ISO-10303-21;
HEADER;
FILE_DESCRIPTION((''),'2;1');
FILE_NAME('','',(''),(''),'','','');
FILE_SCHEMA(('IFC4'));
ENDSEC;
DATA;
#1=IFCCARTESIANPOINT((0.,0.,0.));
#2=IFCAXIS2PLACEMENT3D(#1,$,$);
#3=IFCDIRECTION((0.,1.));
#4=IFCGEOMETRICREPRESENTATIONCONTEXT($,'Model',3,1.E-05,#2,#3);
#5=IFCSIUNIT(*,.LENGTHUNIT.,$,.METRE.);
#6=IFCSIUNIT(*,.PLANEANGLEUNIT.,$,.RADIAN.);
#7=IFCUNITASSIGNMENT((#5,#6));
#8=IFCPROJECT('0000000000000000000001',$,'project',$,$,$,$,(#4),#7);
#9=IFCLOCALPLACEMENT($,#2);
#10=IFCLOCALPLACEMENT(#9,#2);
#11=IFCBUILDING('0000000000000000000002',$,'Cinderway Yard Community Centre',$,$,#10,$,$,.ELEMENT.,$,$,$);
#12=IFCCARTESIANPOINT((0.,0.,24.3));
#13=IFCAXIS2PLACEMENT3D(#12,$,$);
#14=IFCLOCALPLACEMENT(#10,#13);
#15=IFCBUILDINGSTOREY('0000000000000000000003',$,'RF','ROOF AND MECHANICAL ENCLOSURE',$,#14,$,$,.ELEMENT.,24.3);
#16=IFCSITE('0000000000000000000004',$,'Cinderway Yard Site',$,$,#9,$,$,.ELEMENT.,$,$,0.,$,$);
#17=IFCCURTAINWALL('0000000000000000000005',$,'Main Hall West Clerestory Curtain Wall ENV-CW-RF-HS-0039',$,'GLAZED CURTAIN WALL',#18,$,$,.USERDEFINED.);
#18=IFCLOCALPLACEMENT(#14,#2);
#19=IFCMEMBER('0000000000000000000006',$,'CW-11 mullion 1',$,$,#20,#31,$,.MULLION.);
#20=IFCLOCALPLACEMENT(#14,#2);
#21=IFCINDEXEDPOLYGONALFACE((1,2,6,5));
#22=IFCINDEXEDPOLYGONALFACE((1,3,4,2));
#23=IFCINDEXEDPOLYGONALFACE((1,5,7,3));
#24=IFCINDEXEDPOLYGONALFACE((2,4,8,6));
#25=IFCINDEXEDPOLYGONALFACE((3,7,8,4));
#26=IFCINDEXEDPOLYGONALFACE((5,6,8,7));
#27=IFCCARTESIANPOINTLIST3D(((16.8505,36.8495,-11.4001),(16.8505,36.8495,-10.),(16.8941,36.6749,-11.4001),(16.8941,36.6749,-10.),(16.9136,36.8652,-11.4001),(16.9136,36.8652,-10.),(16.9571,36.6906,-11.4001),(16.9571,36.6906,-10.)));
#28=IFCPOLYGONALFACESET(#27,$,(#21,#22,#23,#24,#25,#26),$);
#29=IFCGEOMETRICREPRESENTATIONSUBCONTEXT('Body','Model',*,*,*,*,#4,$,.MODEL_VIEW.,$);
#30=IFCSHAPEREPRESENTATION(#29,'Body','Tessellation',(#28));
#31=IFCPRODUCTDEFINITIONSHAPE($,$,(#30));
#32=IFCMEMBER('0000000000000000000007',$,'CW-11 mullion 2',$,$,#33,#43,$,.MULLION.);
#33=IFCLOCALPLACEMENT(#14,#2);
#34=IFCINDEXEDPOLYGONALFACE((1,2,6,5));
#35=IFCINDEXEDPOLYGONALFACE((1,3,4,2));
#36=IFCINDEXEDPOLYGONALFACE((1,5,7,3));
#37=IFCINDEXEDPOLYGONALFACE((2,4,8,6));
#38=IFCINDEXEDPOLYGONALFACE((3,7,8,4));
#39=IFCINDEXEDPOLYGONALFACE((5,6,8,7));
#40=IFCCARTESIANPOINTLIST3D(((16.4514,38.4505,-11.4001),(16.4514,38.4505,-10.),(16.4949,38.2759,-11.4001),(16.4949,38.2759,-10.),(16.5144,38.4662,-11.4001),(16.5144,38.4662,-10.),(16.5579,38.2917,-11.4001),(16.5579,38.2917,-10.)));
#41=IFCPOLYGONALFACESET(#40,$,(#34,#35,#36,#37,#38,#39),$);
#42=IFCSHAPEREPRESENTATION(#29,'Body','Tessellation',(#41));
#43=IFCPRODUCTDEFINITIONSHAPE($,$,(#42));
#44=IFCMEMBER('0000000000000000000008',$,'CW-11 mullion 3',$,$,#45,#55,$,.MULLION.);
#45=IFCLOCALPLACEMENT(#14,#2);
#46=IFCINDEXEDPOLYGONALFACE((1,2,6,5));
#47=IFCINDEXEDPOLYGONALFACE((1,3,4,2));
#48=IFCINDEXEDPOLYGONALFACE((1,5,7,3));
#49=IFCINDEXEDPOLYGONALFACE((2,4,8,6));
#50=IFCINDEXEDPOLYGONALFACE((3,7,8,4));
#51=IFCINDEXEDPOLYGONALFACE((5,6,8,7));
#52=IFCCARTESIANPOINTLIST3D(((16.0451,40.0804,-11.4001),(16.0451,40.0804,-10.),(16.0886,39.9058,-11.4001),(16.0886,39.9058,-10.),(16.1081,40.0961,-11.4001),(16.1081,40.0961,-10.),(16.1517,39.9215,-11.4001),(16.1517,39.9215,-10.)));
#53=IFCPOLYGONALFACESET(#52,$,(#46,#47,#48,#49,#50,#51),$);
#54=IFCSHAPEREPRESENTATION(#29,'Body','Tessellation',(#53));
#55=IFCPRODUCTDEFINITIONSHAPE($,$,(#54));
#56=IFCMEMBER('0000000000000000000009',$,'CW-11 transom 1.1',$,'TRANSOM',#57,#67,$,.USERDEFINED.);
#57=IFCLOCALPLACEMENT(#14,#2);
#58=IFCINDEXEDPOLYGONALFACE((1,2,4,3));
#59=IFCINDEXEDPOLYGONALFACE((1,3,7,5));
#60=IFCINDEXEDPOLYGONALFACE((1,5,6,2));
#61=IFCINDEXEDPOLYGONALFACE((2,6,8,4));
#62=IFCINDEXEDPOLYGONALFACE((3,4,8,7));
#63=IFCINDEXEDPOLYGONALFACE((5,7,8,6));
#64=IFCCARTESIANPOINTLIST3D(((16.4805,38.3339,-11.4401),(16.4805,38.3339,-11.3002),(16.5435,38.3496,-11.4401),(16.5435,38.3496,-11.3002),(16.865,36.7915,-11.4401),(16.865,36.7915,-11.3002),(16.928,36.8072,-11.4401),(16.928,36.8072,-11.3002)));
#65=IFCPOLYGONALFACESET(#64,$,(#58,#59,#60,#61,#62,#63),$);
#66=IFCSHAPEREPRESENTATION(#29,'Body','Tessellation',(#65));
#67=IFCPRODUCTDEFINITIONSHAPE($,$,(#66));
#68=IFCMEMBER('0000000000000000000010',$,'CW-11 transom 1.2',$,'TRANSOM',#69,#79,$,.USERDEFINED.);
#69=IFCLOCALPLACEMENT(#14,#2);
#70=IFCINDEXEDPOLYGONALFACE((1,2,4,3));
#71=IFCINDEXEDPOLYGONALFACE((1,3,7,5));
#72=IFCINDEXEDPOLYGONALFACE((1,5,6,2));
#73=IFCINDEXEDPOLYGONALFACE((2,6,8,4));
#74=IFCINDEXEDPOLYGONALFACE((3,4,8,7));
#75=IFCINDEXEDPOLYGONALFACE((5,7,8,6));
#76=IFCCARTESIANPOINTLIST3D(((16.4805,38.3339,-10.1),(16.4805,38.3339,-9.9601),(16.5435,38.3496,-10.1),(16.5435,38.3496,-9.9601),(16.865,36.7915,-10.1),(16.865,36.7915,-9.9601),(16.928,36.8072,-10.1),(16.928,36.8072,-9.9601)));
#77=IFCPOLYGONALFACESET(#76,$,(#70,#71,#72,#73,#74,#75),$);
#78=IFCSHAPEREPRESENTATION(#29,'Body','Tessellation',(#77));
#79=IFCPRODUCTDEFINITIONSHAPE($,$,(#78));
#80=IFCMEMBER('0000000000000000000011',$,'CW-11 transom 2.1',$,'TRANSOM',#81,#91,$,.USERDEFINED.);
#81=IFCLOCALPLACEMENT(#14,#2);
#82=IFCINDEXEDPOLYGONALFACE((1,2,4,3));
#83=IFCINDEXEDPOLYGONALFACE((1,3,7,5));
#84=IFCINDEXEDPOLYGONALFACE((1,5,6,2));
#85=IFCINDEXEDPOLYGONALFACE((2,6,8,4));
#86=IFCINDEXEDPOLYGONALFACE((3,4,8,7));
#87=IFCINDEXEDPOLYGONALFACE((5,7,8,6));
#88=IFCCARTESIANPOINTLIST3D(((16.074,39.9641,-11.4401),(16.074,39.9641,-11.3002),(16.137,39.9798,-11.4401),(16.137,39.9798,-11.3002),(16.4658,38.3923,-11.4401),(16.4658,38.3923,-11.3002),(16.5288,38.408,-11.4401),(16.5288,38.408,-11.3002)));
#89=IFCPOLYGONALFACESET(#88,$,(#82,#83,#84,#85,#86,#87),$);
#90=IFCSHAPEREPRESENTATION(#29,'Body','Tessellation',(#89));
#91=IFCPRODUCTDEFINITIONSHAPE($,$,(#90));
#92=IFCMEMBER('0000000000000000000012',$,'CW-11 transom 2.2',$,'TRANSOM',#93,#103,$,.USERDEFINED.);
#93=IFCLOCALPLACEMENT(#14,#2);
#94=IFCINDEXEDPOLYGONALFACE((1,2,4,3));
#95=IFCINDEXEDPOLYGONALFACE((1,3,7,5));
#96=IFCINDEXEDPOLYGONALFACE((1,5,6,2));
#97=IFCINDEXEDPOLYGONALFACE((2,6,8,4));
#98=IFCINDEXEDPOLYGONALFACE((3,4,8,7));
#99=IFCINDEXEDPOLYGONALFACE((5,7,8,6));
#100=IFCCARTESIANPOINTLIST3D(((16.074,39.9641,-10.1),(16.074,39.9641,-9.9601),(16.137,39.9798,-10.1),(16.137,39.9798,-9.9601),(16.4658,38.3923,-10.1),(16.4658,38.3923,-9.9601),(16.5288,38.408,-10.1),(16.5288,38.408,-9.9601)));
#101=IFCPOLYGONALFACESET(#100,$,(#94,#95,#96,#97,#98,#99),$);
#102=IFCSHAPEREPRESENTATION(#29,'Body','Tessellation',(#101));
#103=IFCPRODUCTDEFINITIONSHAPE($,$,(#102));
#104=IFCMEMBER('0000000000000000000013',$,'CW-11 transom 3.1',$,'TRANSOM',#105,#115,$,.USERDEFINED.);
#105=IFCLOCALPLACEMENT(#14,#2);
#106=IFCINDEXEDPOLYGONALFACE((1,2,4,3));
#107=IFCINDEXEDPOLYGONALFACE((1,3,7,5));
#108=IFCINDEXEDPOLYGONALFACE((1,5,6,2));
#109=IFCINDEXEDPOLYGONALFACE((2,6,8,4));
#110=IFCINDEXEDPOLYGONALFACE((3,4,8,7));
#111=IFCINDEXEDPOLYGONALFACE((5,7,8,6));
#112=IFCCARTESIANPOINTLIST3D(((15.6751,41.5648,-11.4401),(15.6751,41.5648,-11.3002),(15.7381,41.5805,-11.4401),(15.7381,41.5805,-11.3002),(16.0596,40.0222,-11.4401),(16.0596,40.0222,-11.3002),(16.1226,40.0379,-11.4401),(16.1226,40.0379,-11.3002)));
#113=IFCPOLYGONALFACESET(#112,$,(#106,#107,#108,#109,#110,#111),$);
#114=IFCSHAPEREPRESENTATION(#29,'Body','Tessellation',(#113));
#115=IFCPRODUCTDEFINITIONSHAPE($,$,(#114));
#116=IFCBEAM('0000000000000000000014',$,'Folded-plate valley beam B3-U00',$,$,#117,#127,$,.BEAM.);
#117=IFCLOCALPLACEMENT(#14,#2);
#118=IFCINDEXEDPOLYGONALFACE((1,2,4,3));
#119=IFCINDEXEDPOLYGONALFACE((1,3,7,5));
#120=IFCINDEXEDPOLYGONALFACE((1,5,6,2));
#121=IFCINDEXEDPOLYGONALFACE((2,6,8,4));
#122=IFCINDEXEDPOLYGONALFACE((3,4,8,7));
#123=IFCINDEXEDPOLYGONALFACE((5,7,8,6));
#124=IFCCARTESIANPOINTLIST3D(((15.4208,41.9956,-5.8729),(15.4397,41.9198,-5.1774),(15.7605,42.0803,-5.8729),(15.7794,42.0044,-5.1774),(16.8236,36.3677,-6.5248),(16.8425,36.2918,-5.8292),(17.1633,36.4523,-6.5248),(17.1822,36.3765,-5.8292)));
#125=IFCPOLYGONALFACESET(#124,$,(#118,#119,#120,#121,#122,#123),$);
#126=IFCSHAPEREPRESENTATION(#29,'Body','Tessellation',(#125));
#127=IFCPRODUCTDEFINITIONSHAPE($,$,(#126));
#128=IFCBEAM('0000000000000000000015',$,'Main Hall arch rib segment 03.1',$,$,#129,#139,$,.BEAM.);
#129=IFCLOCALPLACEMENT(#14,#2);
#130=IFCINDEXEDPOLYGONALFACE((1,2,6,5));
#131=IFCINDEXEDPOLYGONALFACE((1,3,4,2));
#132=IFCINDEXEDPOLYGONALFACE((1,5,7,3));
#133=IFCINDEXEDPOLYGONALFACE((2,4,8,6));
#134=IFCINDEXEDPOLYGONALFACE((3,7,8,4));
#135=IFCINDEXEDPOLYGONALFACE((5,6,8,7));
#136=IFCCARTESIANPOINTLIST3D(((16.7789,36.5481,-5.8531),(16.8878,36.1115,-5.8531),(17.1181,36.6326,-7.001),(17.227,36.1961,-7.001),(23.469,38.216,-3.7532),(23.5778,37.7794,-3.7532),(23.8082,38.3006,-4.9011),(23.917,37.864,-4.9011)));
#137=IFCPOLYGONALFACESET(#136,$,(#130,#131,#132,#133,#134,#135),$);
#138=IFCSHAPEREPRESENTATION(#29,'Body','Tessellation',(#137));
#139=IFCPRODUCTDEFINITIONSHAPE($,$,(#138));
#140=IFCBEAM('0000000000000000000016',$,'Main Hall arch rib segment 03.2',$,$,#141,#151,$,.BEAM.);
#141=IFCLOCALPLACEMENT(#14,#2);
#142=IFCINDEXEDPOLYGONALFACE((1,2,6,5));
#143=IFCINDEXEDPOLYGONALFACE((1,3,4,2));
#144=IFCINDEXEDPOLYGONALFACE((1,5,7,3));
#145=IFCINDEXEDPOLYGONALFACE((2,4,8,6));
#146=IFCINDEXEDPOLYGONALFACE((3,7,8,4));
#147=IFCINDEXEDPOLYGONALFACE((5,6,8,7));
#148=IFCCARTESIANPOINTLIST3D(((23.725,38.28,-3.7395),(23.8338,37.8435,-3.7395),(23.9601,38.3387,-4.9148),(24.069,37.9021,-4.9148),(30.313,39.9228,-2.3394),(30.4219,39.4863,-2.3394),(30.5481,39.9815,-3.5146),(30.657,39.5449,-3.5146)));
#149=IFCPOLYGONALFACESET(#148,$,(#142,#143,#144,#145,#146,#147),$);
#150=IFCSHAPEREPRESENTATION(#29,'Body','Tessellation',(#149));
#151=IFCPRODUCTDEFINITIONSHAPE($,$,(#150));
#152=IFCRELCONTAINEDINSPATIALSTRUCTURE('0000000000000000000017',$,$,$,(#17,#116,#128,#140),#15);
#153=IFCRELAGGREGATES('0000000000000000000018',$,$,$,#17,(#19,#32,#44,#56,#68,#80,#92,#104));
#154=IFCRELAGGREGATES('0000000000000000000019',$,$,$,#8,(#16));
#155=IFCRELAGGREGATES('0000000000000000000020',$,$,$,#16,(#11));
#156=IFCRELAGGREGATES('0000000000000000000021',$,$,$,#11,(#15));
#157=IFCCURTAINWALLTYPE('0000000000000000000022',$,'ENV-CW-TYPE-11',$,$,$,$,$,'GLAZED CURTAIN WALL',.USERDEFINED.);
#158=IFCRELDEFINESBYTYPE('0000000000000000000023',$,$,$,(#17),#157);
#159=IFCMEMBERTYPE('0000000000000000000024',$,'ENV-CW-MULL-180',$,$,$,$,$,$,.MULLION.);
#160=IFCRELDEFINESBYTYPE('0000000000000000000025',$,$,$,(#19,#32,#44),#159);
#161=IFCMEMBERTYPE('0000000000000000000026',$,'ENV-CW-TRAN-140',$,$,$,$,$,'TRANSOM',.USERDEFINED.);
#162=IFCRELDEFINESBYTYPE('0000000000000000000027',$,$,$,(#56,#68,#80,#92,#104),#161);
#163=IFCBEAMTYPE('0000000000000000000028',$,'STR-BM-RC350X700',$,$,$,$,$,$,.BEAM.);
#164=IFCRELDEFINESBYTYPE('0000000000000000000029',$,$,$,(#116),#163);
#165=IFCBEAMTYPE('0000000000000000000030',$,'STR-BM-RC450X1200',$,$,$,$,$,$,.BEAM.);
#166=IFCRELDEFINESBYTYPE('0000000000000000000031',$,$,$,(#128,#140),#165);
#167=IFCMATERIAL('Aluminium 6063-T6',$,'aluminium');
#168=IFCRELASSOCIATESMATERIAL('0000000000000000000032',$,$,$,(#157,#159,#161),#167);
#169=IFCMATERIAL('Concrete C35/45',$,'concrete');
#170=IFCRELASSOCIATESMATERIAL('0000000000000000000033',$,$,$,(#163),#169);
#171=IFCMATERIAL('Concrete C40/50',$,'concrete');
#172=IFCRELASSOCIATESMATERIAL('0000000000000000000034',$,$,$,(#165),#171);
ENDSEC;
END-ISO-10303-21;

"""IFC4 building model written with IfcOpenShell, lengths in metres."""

from ifc_helpers import new_model, si_unit, direction, frame, origin, origin_2d, place, context, subcontext, project, spatial, rectangle, extrude, material, material_profile, profile_set, type_object, element, aggregate, save


model = new_model("IFC4")

# Units and contexts
model_context = context("Model", 3, precision=1e-05, world=origin(), true_north=direction((0.0, 1.0)))
body_context = subcontext(model_context, "Body", "Model", "MODEL_VIEW")
ifc_project = project(units=[si_unit("LENGTHUNIT", "METRE"), si_unit("PLANEANGLEUNIT", "RADIAN")], contexts=[model_context])

# Site, building, storey
site_placement = place(None, origin())
site = spatial("IfcSite", under=ifc_project, at=site_placement, Name="Cinderway Yard Site", CompositionType="ELEMENT", RefElevation=0.0)
building_placement = place(site_placement, origin())
building = spatial("IfcBuilding", under=site, at=building_placement, Name="Cinderway Yard Community Centre", CompositionType="ELEMENT")
storey_placement = place(building_placement, frame((0.0, 0.0, 24.3)))
storey = spatial("IfcBuildingStorey", under=building, at=storey_placement, Name="RF", Description="ROOF AND MECHANICAL ENCLOSURE", CompositionType="ELEMENT", Elevation=24.3)

# Curtain wall, members
ifc_material_1 = material(Name="Aluminium 6063-T6", Category="aluminium")
curtain_wall_type = type_object("IfcCurtainWallType", Name="ENV-CW-TYPE-11", ElementType="GLAZED CURTAIN WALL", PredefinedType="USERDEFINED", material=ifc_material_1)
curtain_wall_placement = place(storey_placement, origin())
curtain_wall = element("IfcCurtainWall", 1, at=curtain_wall_placement, inside=storey, type_object=curtain_wall_type, Name="Main Hall West Clerestory Curtain Wall ENV-CW-RF-HS-0039", ObjectType="GLAZED CURTAIN WALL", PredefinedType="USERDEFINED")
ifc_material_profile_1 = material_profile(ifc_material_1, rectangle(XDim=0.0649, YDim=0.1799, at=origin_2d()), Name="Aluminium 6063-T6")
ifc_profile_set_1 = profile_set([ifc_material_profile_1], Name="Aluminium 6063-T6")
member_type_1 = type_object("IfcMemberType", Name="ENV-CW-MULL-180", PredefinedType="MULLION", material=ifc_profile_set_1)
member_1_placement = place(storey_placement, frame((16.9038, 36.77, -11.4001), z_axis=(0.0, 0.0, 1.0), x_axis=(-0.970306, -0.241882, 0.0)))
member_1 = element("IfcMember", 2, at=member_1_placement, type_object=member_type_1, Name="CW-11 mullion 1", PredefinedType="MULLION", context=body_context, shape_type="SweptSolid", body=[
    extrude(rectangle(XDim=0.0649, YDim=0.1799, at=origin_2d()), origin(), (0.0, 0.0, 1.0), 1.4001),
])
member_2_placement = place(storey_placement, frame((16.5046, 38.3711, -11.4001), z_axis=(0.0, 0.0, 1.0), x_axis=(-0.970306, -0.241882, 0.0)))
member_2 = element("IfcMember", 3, at=member_2_placement, type_object=member_type_1, Name="CW-11 mullion 2", PredefinedType="MULLION", context=body_context, shape_type="SweptSolid", body=[
    extrude(rectangle(XDim=0.0649, YDim=0.1799, at=origin_2d()), origin(), (0.0, 0.0, 1.0), 1.4001),
])
member_3_placement = place(storey_placement, frame((16.0984, 40.001, -11.4001), z_axis=(0.0, 0.0, 1.0), x_axis=(-0.970306, -0.241882, 0.0)))
member_3 = element("IfcMember", 4, at=member_3_placement, type_object=member_type_1, Name="CW-11 mullion 3", PredefinedType="MULLION", context=body_context, shape_type="SweptSolid", body=[
    extrude(rectangle(XDim=0.0649, YDim=0.1799, at=origin_2d()), origin(), (0.0, 0.0, 1.0), 1.4001),
])
ifc_material_profile_2 = material_profile(ifc_material_1, rectangle(XDim=0.0649, YDim=0.1399, at=origin_2d()), Name="Aluminium 6063-T6")
ifc_profile_set_2 = profile_set([ifc_material_profile_2], Name="Aluminium 6063-T6")
member_type_2 = type_object("IfcMemberType", Name="ENV-CW-TRAN-140", ElementType="TRANSOM", PredefinedType="USERDEFINED", material=ifc_profile_set_2)
member_4_placement = place(storey_placement, frame((16.8965, 36.7993, -11.3701), z_axis=(-0.241885, 0.970305, 0.0), x_axis=(-0.970305, -0.241885, 0.0)))
member_4 = element("IfcMember", 5, at=member_4_placement, type_object=member_type_2, Name="CW-11 transom 1.1", ObjectType="TRANSOM", PredefinedType="USERDEFINED", context=body_context, shape_type="SweptSolid", body=[
    extrude(rectangle(XDim=0.0649, YDim=0.1399, at=origin_2d()), origin(), (0.0, 0.0, 1.0), 1.5896),
])
member_5_placement = place(storey_placement, frame((16.8965, 36.7993, -10.03), z_axis=(-0.241885, 0.970305, 0.0), x_axis=(-0.970305, -0.241885, 0.0)))
member_5 = element("IfcMember", 6, at=member_5_placement, type_object=member_type_2, Name="CW-11 transom 1.2", ObjectType="TRANSOM", PredefinedType="USERDEFINED", context=body_context, shape_type="SweptSolid", body=[
    extrude(rectangle(XDim=0.0649, YDim=0.1399, at=origin_2d()), origin(), (0.0, 0.0, 1.0), 1.5896),
])
member_6_placement = place(storey_placement, frame((16.4973, 38.4001, -11.3701), z_axis=(-0.241897, 0.970302, 0.0), x_axis=(-0.970302, -0.241897, 0.0)))
member_6 = element("IfcMember", 7, at=member_6_placement, type_object=member_type_2, Name="CW-11 transom 2.1", ObjectType="TRANSOM", PredefinedType="USERDEFINED", context=body_context, shape_type="SweptSolid", body=[
    extrude(rectangle(XDim=0.0649, YDim=0.1399, at=origin_2d()), origin(), (0.0, 0.0, 1.0), 1.6199),
])
member_7_placement = place(storey_placement, frame((16.4973, 38.4001, -10.03), z_axis=(-0.241897, 0.970302, 0.0), x_axis=(-0.970302, -0.241897, 0.0)))
member_7 = element("IfcMember", 8, at=member_7_placement, type_object=member_type_2, Name="CW-11 transom 2.2", ObjectType="TRANSOM", PredefinedType="USERDEFINED", context=body_context, shape_type="SweptSolid", body=[
    extrude(rectangle(XDim=0.0649, YDim=0.1399, at=origin_2d()), origin(), (0.0, 0.0, 1.0), 1.6199),
])
member_8_placement = place(storey_placement, frame((16.0911, 40.03, -11.3701), z_axis=(-0.241849, 0.970314, 0.0), x_axis=(-0.970314, -0.241849, 0.0)))
member_8 = element("IfcMember", 9, at=member_8_placement, type_object=member_type_2, Name="CW-11 transom 3.1", ObjectType="TRANSOM", PredefinedType="USERDEFINED", context=body_context, shape_type="SweptSolid", body=[
    extrude(rectangle(XDim=0.0649, YDim=0.1399, at=origin_2d()), origin(), (0.0, 0.0, 1.0), 1.5898),
])

# Beams
ifc_material_2 = material(Name="Concrete C35/45", Category="concrete")
ifc_material_profile_3 = material_profile(ifc_material_2, rectangle(XDim=0.3501, YDim=0.7, at=origin_2d()), Name="Concrete C35/45")
ifc_profile_set_3 = profile_set([ifc_material_profile_3], Name="Concrete C35/45")
beam_type_1 = type_object("IfcBeamType", Name="STR-BM-RC350X700", PredefinedType="BEAM", material=ifc_profile_set_3)
beam_1_placement = place(storey_placement, frame((17.0029, 36.3721, -6.177), z_axis=(-0.240349, 0.96424, 0.111683), x_axis=(-0.970311, -0.241862, 0.0)))
element("IfcBeam", 10, at=beam_1_placement, inside=storey, type_object=beam_type_1, Name="Folded-plate valley beam B3-U00", PredefinedType="BEAM", context=body_context, shape_type="SweptSolid", body=[
    extrude(rectangle(XDim=0.3501, YDim=0.7, at=origin_2d()), origin(), (0.0, 0.0, 1.0), 5.8367),
])
ifc_material_3 = material(Name="Concrete C40/50", Category="concrete")
ifc_material_profile_4 = material_profile(ifc_material_3, rectangle(XDim=0.45, YDim=1.2, at=origin_2d()), Name="Concrete C40/50")
ifc_profile_set_4 = profile_set([ifc_material_profile_4], Name="Concrete C40/50")
beam_type_2 = type_object("IfcBeamType", Name="STR-BM-RC450X1200", PredefinedType="BEAM", material=ifc_profile_set_4)
beam_2_placement = place(storey_placement, frame((17.0029, 36.3721, -6.427), z_axis=(0.928207, 0.231417, 0.291337), x_axis=(-0.241911, 0.970299, 0.0)))
element("IfcBeam", 11, at=beam_2_placement, inside=storey, type_object=beam_type_2, Name="Main Hall arch rib segment 03.1", PredefinedType="BEAM", context=body_context, shape_type="SweptSolid", body=[
    extrude(rectangle(XDim=0.45, YDim=1.2, at=origin_2d()), origin(), (0.0, 0.0, 1.0), 7.2075),
])
beam_3_placement = place(storey_placement, frame((23.897, 38.0911, -4.3271), z_axis=(0.950294, 0.236966, 0.201962), x_axis=(-0.241952, 0.970288, 0.0)))
element("IfcBeam", 12, at=beam_3_placement, inside=storey, type_object=beam_type_2, Name="Main Hall arch rib segment 03.2", PredefinedType="BEAM", context=body_context, shape_type="SweptSolid", body=[
    extrude(rectangle(XDim=0.45, YDim=1.2, at=origin_2d()), origin(), (0.0, 0.0, 1.0), 6.9326),
])

aggregate(curtain_wall, [member_1, member_2, member_3, member_4, member_5, member_6, member_7, member_8])

save(model, "model.ifc")
